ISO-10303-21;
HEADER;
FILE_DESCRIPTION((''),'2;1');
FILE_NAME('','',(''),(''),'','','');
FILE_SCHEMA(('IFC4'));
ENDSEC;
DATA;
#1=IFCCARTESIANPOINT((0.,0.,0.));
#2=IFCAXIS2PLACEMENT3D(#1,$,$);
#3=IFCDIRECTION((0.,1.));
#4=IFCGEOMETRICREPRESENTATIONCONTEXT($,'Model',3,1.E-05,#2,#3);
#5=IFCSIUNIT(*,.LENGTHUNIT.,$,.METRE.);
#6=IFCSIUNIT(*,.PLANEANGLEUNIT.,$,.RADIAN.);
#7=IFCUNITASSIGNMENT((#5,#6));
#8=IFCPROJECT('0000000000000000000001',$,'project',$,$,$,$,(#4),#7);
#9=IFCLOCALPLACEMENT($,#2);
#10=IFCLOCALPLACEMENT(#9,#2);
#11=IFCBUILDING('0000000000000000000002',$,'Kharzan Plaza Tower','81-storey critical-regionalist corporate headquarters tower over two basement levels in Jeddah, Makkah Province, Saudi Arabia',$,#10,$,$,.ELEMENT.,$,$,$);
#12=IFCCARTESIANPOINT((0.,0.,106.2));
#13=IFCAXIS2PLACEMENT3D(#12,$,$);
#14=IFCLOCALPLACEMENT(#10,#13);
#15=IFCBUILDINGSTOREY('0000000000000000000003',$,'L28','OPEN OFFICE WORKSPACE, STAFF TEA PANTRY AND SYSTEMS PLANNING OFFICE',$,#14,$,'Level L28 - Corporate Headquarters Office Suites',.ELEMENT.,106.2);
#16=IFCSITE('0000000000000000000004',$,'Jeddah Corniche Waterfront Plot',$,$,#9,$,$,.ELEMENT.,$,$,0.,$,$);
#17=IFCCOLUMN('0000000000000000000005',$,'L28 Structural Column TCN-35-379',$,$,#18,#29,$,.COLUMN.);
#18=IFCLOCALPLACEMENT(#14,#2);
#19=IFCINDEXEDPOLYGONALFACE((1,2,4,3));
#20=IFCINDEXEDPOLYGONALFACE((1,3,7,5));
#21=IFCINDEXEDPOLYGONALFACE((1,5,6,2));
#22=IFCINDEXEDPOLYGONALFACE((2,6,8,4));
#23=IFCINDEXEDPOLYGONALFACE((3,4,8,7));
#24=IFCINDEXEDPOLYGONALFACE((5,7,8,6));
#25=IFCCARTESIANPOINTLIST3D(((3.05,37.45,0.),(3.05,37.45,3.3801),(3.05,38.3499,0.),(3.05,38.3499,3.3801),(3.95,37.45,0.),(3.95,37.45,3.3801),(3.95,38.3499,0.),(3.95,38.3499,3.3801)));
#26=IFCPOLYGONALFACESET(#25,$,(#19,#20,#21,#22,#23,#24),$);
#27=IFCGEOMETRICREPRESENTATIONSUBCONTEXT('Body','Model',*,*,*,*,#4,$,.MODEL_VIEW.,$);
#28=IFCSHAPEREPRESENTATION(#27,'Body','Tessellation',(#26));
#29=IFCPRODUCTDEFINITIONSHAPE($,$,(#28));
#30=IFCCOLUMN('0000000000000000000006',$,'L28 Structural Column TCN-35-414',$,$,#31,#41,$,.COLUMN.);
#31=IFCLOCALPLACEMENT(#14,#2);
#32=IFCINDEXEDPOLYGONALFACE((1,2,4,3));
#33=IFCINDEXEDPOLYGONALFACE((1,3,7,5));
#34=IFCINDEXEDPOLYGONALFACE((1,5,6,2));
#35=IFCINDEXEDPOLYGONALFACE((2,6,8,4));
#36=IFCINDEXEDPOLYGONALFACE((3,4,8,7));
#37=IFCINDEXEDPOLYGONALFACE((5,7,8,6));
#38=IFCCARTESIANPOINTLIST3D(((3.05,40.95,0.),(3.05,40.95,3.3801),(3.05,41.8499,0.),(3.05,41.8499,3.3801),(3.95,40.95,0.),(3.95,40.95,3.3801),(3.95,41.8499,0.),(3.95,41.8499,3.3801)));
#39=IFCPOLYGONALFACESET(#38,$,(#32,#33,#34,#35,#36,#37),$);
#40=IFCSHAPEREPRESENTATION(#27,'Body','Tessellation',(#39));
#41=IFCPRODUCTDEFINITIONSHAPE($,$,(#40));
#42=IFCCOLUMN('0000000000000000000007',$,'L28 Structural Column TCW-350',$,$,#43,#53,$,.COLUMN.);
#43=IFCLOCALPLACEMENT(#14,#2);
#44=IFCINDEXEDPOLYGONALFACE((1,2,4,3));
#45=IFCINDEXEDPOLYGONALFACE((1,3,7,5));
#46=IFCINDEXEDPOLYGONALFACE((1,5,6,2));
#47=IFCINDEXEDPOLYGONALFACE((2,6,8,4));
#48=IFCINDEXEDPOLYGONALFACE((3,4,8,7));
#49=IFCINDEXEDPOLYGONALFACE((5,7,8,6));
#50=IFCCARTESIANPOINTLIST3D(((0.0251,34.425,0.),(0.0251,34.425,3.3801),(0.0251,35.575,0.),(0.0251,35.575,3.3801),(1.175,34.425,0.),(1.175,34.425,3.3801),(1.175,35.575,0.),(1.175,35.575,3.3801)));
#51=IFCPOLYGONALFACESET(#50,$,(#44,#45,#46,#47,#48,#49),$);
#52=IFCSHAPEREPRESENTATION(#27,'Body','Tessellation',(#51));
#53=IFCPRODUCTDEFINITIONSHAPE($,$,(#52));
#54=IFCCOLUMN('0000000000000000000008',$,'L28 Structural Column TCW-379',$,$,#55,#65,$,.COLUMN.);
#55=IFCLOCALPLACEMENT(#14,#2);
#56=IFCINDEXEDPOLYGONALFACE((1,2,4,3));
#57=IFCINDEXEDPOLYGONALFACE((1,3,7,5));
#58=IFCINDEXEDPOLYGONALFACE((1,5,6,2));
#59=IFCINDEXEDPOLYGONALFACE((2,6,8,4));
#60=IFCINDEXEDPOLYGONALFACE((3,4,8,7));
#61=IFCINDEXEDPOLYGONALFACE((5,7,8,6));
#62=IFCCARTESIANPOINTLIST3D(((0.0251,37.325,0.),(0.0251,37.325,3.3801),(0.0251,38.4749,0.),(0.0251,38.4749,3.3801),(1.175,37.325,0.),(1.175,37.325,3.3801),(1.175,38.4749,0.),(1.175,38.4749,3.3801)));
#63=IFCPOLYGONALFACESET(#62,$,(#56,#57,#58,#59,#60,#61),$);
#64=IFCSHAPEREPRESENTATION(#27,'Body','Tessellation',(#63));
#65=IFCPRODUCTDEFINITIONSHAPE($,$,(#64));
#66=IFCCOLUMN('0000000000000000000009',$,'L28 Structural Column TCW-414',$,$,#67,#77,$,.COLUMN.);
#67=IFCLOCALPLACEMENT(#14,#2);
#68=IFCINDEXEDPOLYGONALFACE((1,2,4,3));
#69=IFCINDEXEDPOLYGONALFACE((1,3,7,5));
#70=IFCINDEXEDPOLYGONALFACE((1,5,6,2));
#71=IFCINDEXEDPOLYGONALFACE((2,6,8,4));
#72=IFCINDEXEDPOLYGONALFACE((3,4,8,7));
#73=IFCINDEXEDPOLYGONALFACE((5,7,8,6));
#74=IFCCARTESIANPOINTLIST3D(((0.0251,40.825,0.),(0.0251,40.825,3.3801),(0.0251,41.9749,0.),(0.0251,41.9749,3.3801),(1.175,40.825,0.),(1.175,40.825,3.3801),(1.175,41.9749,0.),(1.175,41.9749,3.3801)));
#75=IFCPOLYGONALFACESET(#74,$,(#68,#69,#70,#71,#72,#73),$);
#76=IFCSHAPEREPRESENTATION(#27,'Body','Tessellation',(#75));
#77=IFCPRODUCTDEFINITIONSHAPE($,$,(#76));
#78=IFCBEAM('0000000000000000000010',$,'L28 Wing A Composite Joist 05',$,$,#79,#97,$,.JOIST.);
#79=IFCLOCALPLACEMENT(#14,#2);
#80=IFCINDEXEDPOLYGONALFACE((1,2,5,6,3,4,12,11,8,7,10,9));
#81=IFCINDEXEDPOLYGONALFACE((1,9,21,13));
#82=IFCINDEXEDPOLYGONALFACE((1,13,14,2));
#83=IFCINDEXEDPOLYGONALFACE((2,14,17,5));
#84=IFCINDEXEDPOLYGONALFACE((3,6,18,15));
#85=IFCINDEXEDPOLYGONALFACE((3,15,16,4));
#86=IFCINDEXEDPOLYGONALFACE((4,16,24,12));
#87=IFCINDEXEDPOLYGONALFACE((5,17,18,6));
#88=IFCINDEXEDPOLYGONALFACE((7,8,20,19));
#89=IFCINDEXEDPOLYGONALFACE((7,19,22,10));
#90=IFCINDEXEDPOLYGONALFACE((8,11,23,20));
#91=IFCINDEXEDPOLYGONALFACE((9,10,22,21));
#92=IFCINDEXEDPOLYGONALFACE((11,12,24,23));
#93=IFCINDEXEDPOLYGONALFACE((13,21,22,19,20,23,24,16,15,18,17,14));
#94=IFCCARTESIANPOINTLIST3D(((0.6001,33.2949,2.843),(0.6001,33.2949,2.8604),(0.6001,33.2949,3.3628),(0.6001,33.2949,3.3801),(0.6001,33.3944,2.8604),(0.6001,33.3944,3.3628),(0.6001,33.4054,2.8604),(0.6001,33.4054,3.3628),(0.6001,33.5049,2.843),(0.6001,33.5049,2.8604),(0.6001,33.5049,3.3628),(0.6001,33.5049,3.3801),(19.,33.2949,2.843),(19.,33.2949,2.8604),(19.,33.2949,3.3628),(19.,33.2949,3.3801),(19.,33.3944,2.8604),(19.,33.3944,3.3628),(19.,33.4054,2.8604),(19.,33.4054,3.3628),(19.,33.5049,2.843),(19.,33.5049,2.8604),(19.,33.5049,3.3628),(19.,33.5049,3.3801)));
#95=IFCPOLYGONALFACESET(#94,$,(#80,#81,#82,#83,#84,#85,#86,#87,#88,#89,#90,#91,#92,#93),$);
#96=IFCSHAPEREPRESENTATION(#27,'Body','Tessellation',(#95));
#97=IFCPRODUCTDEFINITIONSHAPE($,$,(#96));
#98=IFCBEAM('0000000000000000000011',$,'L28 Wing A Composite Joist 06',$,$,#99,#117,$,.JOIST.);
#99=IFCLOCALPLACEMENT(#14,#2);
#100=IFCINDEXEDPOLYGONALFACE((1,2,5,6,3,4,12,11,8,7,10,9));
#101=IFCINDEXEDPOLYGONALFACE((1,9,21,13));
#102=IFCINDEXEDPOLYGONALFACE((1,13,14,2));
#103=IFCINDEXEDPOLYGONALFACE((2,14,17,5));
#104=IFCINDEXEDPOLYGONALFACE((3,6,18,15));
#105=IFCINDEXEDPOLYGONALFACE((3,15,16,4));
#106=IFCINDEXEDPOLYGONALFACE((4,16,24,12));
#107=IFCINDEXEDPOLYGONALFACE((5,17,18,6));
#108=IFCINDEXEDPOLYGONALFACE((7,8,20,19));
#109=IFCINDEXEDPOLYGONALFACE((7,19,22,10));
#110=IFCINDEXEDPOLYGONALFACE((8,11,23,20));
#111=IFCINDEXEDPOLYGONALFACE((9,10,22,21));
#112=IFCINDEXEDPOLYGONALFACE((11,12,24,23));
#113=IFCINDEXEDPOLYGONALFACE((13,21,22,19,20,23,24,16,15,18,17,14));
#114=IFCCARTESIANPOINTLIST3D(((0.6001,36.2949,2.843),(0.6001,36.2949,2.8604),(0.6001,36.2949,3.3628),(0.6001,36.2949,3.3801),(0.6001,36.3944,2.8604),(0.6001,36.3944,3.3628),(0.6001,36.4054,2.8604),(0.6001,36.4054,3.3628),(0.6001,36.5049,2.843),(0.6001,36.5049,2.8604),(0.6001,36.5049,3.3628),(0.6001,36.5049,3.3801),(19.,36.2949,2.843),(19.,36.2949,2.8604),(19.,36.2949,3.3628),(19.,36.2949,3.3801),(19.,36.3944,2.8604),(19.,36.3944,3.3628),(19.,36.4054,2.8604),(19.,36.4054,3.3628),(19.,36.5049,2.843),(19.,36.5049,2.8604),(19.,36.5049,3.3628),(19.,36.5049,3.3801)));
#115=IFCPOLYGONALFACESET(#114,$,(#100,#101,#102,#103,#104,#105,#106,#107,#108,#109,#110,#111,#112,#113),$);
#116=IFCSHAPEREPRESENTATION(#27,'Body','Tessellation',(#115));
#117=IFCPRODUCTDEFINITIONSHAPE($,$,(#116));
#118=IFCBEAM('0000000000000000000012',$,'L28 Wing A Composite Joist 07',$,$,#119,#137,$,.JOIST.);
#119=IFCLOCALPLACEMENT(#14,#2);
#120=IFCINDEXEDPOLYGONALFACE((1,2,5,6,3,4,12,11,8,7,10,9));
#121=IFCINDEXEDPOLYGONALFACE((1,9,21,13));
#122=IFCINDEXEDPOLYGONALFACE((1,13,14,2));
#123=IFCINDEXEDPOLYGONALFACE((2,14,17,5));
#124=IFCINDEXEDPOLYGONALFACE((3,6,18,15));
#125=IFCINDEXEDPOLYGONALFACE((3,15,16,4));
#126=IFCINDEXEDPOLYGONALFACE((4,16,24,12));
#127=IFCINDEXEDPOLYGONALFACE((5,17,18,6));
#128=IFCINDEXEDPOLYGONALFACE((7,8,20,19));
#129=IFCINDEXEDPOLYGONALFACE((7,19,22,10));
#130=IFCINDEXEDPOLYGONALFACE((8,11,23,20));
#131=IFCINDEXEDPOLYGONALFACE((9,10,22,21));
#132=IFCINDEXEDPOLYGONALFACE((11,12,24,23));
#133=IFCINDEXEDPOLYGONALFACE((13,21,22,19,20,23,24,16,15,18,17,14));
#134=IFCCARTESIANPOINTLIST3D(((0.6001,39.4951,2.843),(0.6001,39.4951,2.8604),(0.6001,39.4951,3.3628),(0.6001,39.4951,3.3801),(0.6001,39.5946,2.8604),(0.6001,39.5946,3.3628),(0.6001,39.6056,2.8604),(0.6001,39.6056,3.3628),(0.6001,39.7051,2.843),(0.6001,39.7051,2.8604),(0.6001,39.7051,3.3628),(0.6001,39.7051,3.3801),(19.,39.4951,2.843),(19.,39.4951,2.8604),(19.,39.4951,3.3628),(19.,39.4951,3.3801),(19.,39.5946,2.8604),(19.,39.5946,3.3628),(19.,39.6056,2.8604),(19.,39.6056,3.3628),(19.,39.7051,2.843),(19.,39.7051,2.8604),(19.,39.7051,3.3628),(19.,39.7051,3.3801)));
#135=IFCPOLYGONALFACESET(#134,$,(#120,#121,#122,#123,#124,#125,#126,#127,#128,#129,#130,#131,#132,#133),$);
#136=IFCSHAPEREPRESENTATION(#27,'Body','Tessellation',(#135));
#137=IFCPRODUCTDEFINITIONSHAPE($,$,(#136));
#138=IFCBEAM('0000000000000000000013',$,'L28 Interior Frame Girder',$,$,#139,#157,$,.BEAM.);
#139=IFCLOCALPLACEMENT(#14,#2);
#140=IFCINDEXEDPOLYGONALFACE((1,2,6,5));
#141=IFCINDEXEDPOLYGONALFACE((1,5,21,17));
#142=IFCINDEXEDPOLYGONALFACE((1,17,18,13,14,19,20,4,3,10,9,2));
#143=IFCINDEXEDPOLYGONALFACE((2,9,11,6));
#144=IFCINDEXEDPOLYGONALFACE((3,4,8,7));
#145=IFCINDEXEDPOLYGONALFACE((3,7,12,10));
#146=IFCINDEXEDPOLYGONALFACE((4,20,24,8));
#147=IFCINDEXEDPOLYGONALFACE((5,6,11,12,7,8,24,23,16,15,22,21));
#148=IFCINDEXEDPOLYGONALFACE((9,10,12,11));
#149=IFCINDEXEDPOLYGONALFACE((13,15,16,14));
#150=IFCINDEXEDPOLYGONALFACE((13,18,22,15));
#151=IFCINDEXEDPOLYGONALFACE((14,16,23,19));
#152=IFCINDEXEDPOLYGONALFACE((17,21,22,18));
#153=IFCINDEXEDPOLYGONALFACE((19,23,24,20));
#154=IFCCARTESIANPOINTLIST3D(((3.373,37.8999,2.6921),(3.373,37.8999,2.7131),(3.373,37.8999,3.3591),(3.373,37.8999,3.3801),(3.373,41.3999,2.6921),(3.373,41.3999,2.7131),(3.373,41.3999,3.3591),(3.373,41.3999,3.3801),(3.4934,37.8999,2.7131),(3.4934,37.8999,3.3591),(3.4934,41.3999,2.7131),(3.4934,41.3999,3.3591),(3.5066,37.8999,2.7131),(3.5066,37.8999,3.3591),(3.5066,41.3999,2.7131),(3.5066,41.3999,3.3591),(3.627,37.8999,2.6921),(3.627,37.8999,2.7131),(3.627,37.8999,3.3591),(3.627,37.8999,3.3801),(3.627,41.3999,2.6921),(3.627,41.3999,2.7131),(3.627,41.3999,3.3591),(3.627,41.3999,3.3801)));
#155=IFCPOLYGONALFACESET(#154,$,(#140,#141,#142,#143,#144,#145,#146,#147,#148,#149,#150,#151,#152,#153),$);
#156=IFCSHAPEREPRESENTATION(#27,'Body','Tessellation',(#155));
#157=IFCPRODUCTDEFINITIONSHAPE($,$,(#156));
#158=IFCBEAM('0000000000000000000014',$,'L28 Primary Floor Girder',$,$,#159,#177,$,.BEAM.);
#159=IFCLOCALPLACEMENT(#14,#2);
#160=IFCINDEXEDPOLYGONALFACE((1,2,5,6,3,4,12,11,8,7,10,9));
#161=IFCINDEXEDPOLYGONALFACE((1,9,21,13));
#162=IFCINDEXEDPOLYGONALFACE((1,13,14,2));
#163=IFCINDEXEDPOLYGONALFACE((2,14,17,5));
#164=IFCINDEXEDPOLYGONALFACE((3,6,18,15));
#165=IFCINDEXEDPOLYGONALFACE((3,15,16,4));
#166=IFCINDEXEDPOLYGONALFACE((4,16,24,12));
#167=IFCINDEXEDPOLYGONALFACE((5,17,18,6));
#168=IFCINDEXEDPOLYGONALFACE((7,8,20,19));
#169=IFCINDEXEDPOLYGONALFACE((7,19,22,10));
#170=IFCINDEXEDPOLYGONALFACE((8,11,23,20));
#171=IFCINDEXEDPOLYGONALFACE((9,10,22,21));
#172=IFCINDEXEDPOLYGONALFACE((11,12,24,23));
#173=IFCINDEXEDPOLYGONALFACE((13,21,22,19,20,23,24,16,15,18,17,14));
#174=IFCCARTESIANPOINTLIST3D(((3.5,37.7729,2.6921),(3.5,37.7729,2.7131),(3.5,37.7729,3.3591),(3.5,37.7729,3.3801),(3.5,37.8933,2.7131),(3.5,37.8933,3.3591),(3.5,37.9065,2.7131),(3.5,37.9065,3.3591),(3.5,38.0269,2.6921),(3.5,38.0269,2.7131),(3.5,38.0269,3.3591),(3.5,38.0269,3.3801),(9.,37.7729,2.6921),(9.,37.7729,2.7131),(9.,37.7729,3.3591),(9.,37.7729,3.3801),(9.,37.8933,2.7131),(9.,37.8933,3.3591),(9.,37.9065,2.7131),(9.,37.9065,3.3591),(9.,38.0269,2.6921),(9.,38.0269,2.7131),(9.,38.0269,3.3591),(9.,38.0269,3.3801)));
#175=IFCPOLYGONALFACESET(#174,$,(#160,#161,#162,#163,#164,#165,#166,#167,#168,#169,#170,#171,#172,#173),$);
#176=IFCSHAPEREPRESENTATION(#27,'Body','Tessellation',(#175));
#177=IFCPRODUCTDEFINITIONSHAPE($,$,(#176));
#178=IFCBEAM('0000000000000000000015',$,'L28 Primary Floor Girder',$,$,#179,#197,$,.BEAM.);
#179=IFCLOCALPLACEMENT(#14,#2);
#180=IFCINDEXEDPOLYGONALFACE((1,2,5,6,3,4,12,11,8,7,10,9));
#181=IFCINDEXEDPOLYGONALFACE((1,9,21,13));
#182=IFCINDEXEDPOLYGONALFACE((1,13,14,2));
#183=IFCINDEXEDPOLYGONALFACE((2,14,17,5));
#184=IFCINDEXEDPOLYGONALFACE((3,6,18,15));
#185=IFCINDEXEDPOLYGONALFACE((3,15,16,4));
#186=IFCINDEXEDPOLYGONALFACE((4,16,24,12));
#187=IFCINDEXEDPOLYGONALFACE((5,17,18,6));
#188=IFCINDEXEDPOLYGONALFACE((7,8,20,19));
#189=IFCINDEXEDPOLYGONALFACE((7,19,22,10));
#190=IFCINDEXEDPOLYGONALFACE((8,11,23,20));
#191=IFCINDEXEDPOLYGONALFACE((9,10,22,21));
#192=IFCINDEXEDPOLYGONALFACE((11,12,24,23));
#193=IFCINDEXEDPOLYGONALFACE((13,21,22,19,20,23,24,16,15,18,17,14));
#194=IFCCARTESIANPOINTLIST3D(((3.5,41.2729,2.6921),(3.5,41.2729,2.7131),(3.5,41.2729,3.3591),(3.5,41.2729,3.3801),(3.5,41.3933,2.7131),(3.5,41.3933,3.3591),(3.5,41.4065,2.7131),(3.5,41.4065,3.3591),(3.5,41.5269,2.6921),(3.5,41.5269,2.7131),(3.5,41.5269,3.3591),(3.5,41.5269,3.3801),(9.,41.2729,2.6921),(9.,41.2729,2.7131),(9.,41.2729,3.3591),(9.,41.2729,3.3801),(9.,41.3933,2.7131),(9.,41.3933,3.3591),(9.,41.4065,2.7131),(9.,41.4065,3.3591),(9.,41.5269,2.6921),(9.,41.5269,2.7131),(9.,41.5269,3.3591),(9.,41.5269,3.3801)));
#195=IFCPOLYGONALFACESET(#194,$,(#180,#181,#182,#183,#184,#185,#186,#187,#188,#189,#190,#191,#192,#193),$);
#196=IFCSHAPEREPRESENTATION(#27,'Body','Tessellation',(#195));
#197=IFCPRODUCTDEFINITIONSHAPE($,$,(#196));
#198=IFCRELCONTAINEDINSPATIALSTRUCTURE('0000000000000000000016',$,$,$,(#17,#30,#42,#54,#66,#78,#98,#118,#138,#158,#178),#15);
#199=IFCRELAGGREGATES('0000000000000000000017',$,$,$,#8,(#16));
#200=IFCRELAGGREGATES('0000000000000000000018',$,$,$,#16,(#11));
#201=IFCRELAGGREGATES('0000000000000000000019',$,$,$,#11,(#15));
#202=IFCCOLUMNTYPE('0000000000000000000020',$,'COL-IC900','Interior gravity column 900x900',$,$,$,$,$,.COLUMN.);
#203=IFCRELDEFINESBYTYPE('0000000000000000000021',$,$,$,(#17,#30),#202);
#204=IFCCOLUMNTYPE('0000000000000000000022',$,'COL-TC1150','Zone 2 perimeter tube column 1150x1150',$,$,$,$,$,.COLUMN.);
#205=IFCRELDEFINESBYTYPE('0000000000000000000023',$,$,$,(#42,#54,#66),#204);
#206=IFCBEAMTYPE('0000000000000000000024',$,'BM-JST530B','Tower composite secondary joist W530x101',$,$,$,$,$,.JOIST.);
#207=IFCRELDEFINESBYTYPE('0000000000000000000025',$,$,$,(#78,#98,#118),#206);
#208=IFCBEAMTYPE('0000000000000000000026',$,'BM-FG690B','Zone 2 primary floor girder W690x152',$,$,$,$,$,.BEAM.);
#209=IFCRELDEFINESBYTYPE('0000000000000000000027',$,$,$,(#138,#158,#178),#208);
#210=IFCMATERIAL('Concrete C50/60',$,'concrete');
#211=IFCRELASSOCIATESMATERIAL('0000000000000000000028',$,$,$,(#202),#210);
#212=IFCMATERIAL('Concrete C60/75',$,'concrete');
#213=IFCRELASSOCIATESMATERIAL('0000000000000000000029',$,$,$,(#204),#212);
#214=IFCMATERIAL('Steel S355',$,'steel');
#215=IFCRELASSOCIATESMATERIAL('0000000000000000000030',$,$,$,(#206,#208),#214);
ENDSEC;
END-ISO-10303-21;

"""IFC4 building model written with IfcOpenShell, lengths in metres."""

from ifc_helpers import new_model, si_unit, direction, frame, origin, origin_2d, place, context, subcontext, project, spatial, rectangle, i_section, extrude, source, transform, mapped, material, material_profile, profile_set, type_object, element, save


model = new_model("IFC4")

# Units and contexts
model_context = context("Model", 3, precision=1e-05, world=origin(), true_north=direction((0.0, 1.0)))
body_context = subcontext(model_context, "Body", "Model", "MODEL_VIEW")
ifc_project = project(units=[si_unit("LENGTHUNIT", "METRE"), si_unit("PLANEANGLEUNIT", "RADIAN")], contexts=[model_context])

# Site, building, storey
site_placement = place(None, origin())
site = spatial("IfcSite", under=ifc_project, at=site_placement, Name="Jeddah Corniche Waterfront Plot", CompositionType="ELEMENT", RefElevation=0.0)
building_placement = place(site_placement, origin())
building = spatial("IfcBuilding", under=site, at=building_placement, Name="Kharzan Plaza Tower", Description="81-storey critical-regionalist corporate headquarters tower over two basement levels in Jeddah, Makkah Province, Saudi Arabia", CompositionType="ELEMENT")
storey_placement = place(building_placement, frame((0.0, 0.0, 106.2)))
storey = spatial("IfcBuildingStorey", under=building, at=storey_placement, Name="L28", Description="OPEN OFFICE WORKSPACE, STAFF TEA PANTRY AND SYSTEMS PLANNING OFFICE", LongName="Level L28 - Corporate Headquarters Office Suites", CompositionType="ELEMENT", Elevation=106.2)

# Columns
ifc_material_1 = material(Name="Concrete C50/60", Category="concrete")
ifc_material_profile_1 = material_profile(ifc_material_1, rectangle(XDim=0.8999, YDim=0.8999, at=origin_2d()), Name="RC-IC900x900")
ifc_profile_set_1 = profile_set([ifc_material_profile_1], Name="Concrete C50/60")
column_type_1 = type_object("IfcColumnType", Name="COL-IC900", Description="Interior gravity column 900x900", PredefinedType="COLUMN", material=ifc_profile_set_1)
shared_shape_1 = source(origin(), body_context, "Body", "SweptSolid", [
    extrude(rectangle(XDim=0.8999, YDim=0.8999, at=origin_2d()), origin(), (0.0, 0.0, 1.0), 3.3801),
])
for number, where, z_axis, x_axis, name in (
    (1, (3.5, 37.8999, 0.0), (0.0, 0.0, 1.0), (1.0, 0.0, 0.0), "L28 Structural Column TCN-35-379"),
    (2, (3.5, 41.3999, 0.0), (0.0, 0.0, 1.0), (1.0, 0.0, 0.0), "L28 Structural Column TCN-35-414"),
):
    element("IfcColumn", number, at=place(storey_placement, frame(where, z_axis=z_axis, x_axis=x_axis)), inside=storey, type_object=column_type_1, Name=name, PredefinedType="COLUMN", context=body_context, shape_type="MappedRepresentation", body=[
        mapped(shared_shape_1, transform((0.0, 0.0, 0.0), x_axis=(1.0, 0.0, 0.0), y_axis=(0.0, 1.0, 0.0), z_axis=(0.0, 0.0, 1.0))),
    ])
ifc_material_2 = material(Name="Concrete C60/75", Category="concrete")
ifc_material_profile_2 = material_profile(ifc_material_2, rectangle(XDim=1.1499, YDim=1.1499, at=origin_2d()), Name="RC-TC1150x1150")
ifc_profile_set_2 = profile_set([ifc_material_profile_2], Name="Concrete C60/75")
column_type_2 = type_object("IfcColumnType", Name="COL-TC1150", Description="Zone 2 perimeter tube column 1150x1150", PredefinedType="COLUMN", material=ifc_profile_set_2)
shared_shape_2 = source(origin(), body_context, "Body", "SweptSolid", [
    extrude(rectangle(XDim=1.1499, YDim=1.1499, at=origin_2d()), origin(), (0.0, 0.0, 1.0), 3.3801),
])
for number, where, z_axis, x_axis, name in (
    (3, (0.6001, 35.0, 0.0), (0.0, 0.0, 1.0), (1.0, 0.0, 0.0), "L28 Structural Column TCW-350"),
    (4, (0.6001, 37.8999, 0.0), (0.0, 0.0, 1.0), (1.0, 0.0, 0.0), "L28 Structural Column TCW-379"),
    (5, (0.6001, 41.3999, 0.0), (0.0, 0.0, 1.0), (1.0, 0.0, 0.0), "L28 Structural Column TCW-414"),
):
    element("IfcColumn", number, at=place(storey_placement, frame(where, z_axis=z_axis, x_axis=x_axis)), inside=storey, type_object=column_type_2, Name=name, PredefinedType="COLUMN", context=body_context, shape_type="MappedRepresentation", body=[
        mapped(shared_shape_2, transform((0.0, 0.0, 0.0), x_axis=(1.0, 0.0, 0.0), y_axis=(0.0, 1.0, 0.0), z_axis=(0.0, 0.0, 1.0))),
    ])

# Beams
ifc_material_3 = material(Name="Steel S355", Category="steel")
ifc_material_profile_3 = material_profile(ifc_material_3, i_section(OverallWidth=0.21, OverallDepth=0.5371, WebThickness=0.011, FlangeThickness=0.0173, at=origin_2d()), Name="W530x101")
ifc_profile_set_3 = profile_set([ifc_material_profile_3], Name="Steel S355")
beam_type_1 = type_object("IfcBeamType", Name="BM-JST530B", Description="Tower composite secondary joist W530x101", PredefinedType="JOIST", material=ifc_profile_set_3)
shared_shape_3 = source(origin(), body_context, "Body", "SweptSolid", [
    extrude(i_section(OverallWidth=0.21, OverallDepth=0.5371, WebThickness=0.011, FlangeThickness=0.0173, at=origin_2d()), origin(), (0.0, 0.0, 1.0), 18.3999),
])
for number, where, z_axis, x_axis, name in (
    (6, (0.6001, 33.3999, 3.1116), (1.0, 0.0, 0.0), (0.0, 1.0, 0.0), "L28 Wing A Composite Joist 05"),
    (7, (0.6001, 36.3999, 3.1116), (1.0, 0.0, 0.0), (0.0, 1.0, 0.0), "L28 Wing A Composite Joist 06"),
    (8, (0.6001, 39.6001, 3.1116), (1.0, 0.0, 0.0), (0.0, 1.0, 0.0), "L28 Wing A Composite Joist 07"),
):
    element("IfcBeam", number, at=place(storey_placement, frame(where, z_axis=z_axis, x_axis=x_axis)), inside=storey, type_object=beam_type_1, Name=name, PredefinedType="JOIST", context=body_context, shape_type="MappedRepresentation", body=[
        mapped(shared_shape_3, transform((0.0, 0.0, 0.0), x_axis=(1.0, 0.0, 0.0), y_axis=(0.0, 1.0, 0.0), z_axis=(0.0, 0.0, 1.0))),
    ])
ifc_material_profile_4 = material_profile(ifc_material_3, i_section(OverallWidth=0.2539, OverallDepth=0.688, WebThickness=0.0132, FlangeThickness=0.021, at=origin_2d()), Name="W690x152")
ifc_profile_set_4 = profile_set([ifc_material_profile_4], Name="Steel S355")
beam_type_2 = type_object("IfcBeamType", Name="BM-FG690B", Description="Zone 2 primary floor girder W690x152", PredefinedType="BEAM", material=ifc_profile_set_4)
shared_shape_4 = source(origin(), body_context, "Body", "SweptSolid", [
    extrude(i_section(OverallWidth=0.2539, OverallDepth=0.688, WebThickness=0.0132, FlangeThickness=0.021, at=origin_2d()), origin(), (0.0, 0.0, 1.0), 3.5),
])
beam_1_placement = place(storey_placement, frame((3.5, 37.8999, 3.0361), z_axis=(0.0, 1.0, 0.0), x_axis=(-1.0, 0.0, 0.0)))
element("IfcBeam", 9, at=beam_1_placement, inside=storey, type_object=beam_type_2, Name="L28 Interior Frame Girder", PredefinedType="BEAM", context=body_context, shape_type="MappedRepresentation", body=[
    mapped(shared_shape_4, transform((0.0, 0.0, 0.0), x_axis=(1.0, 0.0, 0.0), y_axis=(0.0, 1.0, 0.0), z_axis=(0.0, 0.0, 1.0))),
])
shared_shape_5 = source(origin(), body_context, "Body", "SweptSolid", [
    extrude(i_section(OverallWidth=0.2539, OverallDepth=0.688, WebThickness=0.0132, FlangeThickness=0.021, at=origin_2d()), origin(), (0.0, 0.0, 1.0), 5.5),
])
for number, where, z_axis, x_axis, name in (
    (10, (3.5, 37.8999, 3.0361), (1.0, 0.0, 0.0), (0.0, 1.0, 0.0), "L28 Primary Floor Girder"),
    (11, (3.5, 41.3999, 3.0361), (1.0, 0.0, 0.0), (0.0, 1.0, 0.0), "L28 Primary Floor Girder"),
):
    element("IfcBeam", number, at=place(storey_placement, frame(where, z_axis=z_axis, x_axis=x_axis)), inside=storey, type_object=beam_type_2, Name=name, PredefinedType="BEAM", context=body_context, shape_type="MappedRepresentation", body=[
        mapped(shared_shape_5, transform((0.0, 0.0, 0.0), x_axis=(1.0, 0.0, 0.0), y_axis=(0.0, 1.0, 0.0), z_axis=(0.0, 0.0, 1.0))),
    ])

save(model, "model.ifc")
